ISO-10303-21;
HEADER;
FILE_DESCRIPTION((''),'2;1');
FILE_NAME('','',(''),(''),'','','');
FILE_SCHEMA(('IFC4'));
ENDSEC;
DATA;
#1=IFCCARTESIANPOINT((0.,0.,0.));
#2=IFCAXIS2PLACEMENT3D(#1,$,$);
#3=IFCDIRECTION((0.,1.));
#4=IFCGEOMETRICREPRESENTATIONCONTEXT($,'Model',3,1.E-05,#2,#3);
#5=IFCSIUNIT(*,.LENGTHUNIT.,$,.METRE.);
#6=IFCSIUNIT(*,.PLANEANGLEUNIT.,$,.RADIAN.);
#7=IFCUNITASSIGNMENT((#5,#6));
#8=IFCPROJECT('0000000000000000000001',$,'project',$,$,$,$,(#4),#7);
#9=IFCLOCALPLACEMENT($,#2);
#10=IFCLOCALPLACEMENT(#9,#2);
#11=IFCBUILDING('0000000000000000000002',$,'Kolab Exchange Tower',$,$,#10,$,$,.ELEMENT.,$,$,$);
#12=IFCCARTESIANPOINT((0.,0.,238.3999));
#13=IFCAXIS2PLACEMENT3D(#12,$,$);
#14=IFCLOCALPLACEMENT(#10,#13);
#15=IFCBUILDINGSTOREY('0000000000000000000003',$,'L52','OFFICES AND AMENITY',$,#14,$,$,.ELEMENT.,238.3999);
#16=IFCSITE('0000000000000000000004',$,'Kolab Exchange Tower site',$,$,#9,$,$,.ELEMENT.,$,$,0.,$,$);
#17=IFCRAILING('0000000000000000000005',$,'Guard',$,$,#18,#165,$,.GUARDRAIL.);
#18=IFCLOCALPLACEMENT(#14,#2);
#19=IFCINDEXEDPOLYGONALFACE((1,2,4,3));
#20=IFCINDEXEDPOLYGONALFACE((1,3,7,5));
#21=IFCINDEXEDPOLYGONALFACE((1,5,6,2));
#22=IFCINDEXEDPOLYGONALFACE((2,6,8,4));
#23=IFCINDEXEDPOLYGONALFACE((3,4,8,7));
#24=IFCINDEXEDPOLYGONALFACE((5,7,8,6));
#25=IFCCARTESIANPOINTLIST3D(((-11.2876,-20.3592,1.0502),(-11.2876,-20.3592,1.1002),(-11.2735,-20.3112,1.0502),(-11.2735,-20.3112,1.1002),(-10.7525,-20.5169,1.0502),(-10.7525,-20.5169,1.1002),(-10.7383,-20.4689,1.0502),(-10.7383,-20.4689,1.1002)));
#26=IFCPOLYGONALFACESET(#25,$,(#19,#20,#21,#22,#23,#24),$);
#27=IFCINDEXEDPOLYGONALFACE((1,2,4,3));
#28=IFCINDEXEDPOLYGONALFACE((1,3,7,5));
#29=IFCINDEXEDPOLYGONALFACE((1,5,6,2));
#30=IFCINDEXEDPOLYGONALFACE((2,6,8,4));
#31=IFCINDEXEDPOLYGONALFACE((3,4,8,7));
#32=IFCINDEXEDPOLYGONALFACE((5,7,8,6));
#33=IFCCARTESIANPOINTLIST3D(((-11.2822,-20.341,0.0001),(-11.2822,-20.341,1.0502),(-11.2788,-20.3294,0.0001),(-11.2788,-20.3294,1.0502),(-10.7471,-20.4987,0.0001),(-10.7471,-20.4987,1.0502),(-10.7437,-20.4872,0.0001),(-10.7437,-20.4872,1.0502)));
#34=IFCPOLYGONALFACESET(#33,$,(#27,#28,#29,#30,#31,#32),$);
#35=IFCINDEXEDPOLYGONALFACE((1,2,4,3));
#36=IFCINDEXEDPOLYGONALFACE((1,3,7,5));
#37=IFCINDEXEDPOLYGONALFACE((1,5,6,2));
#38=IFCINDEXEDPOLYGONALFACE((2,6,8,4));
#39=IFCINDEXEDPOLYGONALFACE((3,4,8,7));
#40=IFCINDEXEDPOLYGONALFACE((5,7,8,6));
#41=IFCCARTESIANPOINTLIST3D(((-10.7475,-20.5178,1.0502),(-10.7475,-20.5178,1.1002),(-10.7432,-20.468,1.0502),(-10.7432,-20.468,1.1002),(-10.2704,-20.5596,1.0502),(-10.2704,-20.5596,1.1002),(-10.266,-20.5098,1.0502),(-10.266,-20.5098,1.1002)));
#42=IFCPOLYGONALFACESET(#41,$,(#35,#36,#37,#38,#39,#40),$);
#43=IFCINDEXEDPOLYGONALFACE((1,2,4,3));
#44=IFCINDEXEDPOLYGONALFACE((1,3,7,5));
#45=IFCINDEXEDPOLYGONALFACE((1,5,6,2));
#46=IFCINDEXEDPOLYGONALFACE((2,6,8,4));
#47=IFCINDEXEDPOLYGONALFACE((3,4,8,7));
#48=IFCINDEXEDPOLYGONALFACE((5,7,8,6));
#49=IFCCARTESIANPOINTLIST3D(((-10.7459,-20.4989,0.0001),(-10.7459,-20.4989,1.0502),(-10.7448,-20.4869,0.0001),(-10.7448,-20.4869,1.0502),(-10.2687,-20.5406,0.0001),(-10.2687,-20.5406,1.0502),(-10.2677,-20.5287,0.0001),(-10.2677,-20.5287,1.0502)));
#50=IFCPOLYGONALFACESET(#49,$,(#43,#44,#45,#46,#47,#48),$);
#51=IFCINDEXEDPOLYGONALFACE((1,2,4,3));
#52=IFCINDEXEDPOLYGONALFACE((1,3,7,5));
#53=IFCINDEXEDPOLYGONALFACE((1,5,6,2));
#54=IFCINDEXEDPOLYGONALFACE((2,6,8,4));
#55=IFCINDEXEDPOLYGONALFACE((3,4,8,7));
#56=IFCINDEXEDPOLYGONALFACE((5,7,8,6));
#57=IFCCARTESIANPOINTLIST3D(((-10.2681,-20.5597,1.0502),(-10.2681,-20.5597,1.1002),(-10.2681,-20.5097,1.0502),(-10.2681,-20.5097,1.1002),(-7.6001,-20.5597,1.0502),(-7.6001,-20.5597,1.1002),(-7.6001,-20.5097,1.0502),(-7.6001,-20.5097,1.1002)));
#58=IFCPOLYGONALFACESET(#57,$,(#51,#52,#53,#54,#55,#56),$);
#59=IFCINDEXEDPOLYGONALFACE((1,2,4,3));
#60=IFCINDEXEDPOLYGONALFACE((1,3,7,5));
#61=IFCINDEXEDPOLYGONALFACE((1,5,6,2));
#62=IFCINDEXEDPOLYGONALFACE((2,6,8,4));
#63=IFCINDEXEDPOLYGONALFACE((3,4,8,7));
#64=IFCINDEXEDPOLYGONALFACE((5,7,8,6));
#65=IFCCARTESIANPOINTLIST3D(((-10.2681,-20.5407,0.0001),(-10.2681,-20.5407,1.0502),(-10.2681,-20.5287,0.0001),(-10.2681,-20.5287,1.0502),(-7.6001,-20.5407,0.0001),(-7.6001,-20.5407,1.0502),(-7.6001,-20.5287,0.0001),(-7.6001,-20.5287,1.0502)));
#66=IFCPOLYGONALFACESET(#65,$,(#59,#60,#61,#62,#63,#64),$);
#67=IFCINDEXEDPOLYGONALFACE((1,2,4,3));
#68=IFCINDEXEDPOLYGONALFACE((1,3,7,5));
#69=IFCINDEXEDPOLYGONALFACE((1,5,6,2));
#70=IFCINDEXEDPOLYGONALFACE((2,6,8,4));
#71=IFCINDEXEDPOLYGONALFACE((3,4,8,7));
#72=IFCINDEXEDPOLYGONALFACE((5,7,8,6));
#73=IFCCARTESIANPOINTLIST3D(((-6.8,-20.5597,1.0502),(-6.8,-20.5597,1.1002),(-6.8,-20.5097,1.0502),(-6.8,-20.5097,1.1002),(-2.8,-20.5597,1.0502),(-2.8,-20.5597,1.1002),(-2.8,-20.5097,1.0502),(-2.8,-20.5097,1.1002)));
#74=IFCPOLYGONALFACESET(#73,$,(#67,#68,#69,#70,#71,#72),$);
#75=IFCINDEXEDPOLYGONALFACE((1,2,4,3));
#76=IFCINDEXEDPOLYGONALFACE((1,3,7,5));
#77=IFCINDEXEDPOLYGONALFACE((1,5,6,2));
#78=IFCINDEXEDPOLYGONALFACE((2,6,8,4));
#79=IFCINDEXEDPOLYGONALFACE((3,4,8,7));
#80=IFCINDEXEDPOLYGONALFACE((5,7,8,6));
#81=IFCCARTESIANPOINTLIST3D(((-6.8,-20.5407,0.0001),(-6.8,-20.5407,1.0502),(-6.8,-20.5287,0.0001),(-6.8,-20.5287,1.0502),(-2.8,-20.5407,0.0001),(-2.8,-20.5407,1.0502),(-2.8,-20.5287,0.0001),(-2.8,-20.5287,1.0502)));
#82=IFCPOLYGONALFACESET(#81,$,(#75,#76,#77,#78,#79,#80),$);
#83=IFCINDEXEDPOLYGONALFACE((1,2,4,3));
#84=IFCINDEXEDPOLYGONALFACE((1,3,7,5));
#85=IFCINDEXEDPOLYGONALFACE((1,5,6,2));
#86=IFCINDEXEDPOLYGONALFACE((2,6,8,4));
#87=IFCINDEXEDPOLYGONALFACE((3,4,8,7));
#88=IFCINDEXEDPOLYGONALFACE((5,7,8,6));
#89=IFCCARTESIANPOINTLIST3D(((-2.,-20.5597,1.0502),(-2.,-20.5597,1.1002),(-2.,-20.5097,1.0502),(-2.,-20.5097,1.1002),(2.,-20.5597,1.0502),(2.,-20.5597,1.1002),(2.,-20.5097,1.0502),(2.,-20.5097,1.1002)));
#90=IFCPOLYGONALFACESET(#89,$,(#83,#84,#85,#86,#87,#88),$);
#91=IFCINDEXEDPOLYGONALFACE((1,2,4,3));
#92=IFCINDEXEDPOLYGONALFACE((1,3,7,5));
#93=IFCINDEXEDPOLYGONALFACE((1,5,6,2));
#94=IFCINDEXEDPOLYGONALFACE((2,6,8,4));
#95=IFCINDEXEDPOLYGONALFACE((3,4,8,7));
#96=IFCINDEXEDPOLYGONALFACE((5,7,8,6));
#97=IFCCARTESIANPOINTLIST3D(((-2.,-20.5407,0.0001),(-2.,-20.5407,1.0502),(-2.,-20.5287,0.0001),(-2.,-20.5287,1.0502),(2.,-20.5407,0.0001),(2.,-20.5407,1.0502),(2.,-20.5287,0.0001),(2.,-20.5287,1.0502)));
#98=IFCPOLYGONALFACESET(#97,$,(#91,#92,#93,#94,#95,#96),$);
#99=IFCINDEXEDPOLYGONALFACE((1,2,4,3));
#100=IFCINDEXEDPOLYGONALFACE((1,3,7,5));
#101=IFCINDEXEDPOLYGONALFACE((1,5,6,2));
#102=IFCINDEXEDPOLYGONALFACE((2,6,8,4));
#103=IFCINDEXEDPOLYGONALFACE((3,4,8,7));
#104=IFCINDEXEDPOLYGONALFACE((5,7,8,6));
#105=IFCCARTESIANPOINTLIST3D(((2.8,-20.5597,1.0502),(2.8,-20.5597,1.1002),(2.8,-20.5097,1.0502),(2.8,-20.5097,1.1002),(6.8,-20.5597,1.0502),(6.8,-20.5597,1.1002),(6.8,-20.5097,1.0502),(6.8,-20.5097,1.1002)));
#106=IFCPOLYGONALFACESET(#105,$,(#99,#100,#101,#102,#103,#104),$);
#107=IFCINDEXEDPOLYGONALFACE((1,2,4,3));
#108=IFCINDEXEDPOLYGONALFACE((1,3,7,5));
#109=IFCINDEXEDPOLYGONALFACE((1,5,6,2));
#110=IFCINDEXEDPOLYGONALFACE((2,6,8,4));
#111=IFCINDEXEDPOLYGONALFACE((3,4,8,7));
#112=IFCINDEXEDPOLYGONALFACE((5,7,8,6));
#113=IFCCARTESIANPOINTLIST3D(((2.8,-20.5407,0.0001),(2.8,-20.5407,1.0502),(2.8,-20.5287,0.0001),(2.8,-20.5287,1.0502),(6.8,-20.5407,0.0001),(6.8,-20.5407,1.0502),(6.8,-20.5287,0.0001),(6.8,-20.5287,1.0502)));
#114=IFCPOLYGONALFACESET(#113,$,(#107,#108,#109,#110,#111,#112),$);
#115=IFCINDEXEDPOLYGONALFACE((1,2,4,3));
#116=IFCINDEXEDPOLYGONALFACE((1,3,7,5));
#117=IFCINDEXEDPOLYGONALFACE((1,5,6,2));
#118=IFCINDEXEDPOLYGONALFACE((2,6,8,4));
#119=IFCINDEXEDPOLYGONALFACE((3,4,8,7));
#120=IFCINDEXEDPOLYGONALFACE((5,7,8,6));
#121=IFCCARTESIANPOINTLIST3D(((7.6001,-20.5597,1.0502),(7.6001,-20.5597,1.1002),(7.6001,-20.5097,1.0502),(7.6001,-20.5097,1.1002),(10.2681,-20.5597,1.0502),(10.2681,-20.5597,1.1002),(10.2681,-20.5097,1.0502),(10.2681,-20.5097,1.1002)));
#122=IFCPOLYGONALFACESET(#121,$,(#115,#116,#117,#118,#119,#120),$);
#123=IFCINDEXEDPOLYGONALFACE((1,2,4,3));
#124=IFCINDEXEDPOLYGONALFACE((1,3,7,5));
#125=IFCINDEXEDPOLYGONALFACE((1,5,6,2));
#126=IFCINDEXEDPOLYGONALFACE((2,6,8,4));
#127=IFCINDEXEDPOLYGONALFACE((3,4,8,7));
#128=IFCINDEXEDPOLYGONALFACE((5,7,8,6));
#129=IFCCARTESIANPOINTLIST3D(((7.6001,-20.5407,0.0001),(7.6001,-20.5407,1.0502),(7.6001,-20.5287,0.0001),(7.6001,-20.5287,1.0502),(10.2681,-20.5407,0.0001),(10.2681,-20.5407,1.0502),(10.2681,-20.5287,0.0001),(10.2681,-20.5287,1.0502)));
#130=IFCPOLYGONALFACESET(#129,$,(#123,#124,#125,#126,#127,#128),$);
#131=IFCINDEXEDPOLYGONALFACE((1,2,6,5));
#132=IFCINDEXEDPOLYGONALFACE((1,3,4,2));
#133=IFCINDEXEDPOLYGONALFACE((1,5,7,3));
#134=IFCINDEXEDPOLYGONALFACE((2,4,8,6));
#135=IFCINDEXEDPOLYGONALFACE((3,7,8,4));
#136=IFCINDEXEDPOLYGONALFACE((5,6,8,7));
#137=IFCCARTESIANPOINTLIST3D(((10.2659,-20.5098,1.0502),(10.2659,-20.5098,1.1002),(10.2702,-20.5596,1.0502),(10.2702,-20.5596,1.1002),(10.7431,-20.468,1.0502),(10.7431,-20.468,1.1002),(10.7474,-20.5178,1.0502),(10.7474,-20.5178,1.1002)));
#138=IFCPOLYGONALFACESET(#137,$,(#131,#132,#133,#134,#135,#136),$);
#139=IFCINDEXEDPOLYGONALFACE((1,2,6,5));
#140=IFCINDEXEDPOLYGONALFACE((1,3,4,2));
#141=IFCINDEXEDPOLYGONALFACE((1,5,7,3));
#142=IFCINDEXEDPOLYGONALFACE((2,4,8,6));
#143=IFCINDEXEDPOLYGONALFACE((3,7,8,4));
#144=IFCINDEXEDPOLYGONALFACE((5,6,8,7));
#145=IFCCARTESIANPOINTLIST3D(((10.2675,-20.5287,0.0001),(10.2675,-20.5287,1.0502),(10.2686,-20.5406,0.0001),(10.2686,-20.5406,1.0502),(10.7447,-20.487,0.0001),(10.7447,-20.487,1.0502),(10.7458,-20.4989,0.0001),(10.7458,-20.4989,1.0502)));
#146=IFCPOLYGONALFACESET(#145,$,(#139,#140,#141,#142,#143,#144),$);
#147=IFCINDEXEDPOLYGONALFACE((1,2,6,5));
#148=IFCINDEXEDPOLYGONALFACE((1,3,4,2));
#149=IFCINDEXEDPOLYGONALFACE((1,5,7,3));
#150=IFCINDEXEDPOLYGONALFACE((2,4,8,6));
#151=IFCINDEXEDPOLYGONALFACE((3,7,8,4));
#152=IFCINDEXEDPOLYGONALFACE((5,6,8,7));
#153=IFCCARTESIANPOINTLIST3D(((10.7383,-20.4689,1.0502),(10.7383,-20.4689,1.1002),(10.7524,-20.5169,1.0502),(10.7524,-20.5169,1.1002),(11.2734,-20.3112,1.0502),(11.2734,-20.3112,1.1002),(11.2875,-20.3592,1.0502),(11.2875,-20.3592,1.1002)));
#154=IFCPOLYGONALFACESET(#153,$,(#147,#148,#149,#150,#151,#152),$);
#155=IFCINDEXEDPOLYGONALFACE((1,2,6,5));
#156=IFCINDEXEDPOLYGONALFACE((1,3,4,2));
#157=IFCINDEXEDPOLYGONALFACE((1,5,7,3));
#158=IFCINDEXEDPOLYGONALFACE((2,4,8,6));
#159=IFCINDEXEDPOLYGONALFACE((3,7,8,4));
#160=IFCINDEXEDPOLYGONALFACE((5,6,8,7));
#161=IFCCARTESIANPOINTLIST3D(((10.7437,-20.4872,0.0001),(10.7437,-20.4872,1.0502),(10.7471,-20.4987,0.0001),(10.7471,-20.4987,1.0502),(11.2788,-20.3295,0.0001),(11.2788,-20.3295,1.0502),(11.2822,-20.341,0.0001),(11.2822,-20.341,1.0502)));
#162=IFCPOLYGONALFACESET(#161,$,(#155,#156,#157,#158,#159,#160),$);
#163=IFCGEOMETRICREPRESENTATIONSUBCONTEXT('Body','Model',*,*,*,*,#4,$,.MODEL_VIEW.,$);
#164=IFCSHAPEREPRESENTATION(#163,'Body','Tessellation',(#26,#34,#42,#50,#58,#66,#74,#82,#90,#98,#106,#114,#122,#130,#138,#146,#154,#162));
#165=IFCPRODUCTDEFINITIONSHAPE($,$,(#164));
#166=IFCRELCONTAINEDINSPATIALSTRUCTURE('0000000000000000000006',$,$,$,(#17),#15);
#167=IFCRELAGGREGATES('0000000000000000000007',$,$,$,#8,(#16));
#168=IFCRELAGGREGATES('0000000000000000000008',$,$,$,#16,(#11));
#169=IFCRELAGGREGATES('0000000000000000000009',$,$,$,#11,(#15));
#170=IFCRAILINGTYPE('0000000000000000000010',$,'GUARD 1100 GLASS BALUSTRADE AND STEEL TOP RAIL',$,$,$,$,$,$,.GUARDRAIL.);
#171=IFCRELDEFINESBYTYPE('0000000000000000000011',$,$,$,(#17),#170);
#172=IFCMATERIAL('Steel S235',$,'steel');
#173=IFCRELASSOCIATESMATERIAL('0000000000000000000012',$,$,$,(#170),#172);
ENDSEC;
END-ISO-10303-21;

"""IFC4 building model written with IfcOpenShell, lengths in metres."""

from ifc_helpers import new_model, si_unit, direction, frame, frame_2d, origin, origin_2d, place, context, subcontext, project, spatial, rectangle, extrude, material, type_object, element, save


model = new_model("IFC4")

# Units and contexts
model_context = context("Model", 3, precision=1e-05, world=origin(), true_north=direction((0.0, 1.0)))
body_context = subcontext(model_context, "Body", "Model", "MODEL_VIEW")
ifc_project = project(units=[si_unit("LENGTHUNIT", "METRE"), si_unit("PLANEANGLEUNIT", "RADIAN")], contexts=[model_context])

# Site, building, storey
site_placement = place(None, origin())
site = spatial("IfcSite", under=ifc_project, at=site_placement, Name="Kolab Exchange Tower site", CompositionType="ELEMENT", RefElevation=0.0)
building_placement = place(site_placement, origin())
building = spatial("IfcBuilding", under=site, at=building_placement, Name="Kolab Exchange Tower", CompositionType="ELEMENT")
storey_placement = place(building_placement, frame((0.0, 0.0, 238.3999)))
storey = spatial("IfcBuildingStorey", under=building, at=storey_placement, Name="L52", Description="OFFICES AND AMENITY", CompositionType="ELEMENT", Elevation=238.3999)

# Railing
ifc_material_1 = material(Name="Steel S235", Category="steel")
railing_type = type_object("IfcRailingType", Name="GUARD 1100 GLASS BALUSTRADE AND STEEL TOP RAIL", PredefinedType="GUARDRAIL", material=ifc_material_1)
railing_placement = place(storey_placement, frame((-11.2805, -20.3352, 0.0)))
element("IfcRailing", 1, at=railing_placement, inside=storey, type_object=railing_type, Name="Guard", PredefinedType="GUARDRAIL", context=body_context, shape_type="SweptSolid", body=[
    extrude(rectangle(XDim=0.05, YDim=0.05, at=origin_2d()), frame((0.0, 0.0, 1.0752), z_axis=(0.959212, -0.282687, 0.0), x_axis=(0.282687, 0.959212, 0.0)), (0.0, 0.0, 1.0), 0.5579),
    extrude(rectangle(XDim=0.012, YDim=1.0501, at=frame_2d((0.0, 0.5251))), frame((0.0, 0.0, 0.0), z_axis=(0.959212, -0.282687, 0.0), x_axis=(0.282687, 0.959212, 0.0)), (0.0, 0.0, 1.0), 0.5579),
    extrude(rectangle(XDim=0.05, YDim=0.05, at=origin_2d()), frame((0.5352, -0.1577, 1.0752), z_axis=(0.996196, -0.087135, 0.0), x_axis=(0.087135, 0.996196, 0.0)), (0.0, 0.0, 1.0), 0.479),
    extrude(rectangle(XDim=0.012, YDim=1.0501, at=frame_2d((0.0, 0.5251))), frame((0.5352, -0.1577, 0.0), z_axis=(0.996196, -0.087135, 0.0), x_axis=(0.087135, 0.996196, 0.0)), (0.0, 0.0, 1.0), 0.479),
    extrude(rectangle(XDim=0.05, YDim=0.05, at=origin_2d()), frame((1.0125, -0.1995, 1.0752), z_axis=(1.0, 0.0, 0.0), x_axis=(0.0, 1.0, 0.0)), (0.0, 0.0, 1.0), 2.668),
    extrude(rectangle(XDim=0.012, YDim=1.0501, at=frame_2d((0.0, 0.5251))), frame((1.0125, -0.1995, 0.0), z_axis=(1.0, 0.0, 0.0), x_axis=(0.0, 1.0, 0.0)), (0.0, 0.0, 1.0), 2.668),
    extrude(rectangle(XDim=0.05, YDim=0.05, at=origin_2d()), frame((4.4805, -0.1995, 1.0752), z_axis=(1.0, 0.0, 0.0), x_axis=(0.0, 1.0, 0.0)), (0.0, 0.0, 1.0), 4.0),
    extrude(rectangle(XDim=0.012, YDim=1.0501, at=frame_2d((0.0, 0.5251))), frame((4.4805, -0.1995, 0.0), z_axis=(1.0, 0.0, 0.0), x_axis=(0.0, 1.0, 0.0)), (0.0, 0.0, 1.0), 4.0),
    extrude(rectangle(XDim=0.05, YDim=0.05, at=origin_2d()), frame((9.2805, -0.1995, 1.0752), z_axis=(1.0, 0.0, 0.0), x_axis=(0.0, 1.0, 0.0)), (0.0, 0.0, 1.0), 4.0),
    extrude(rectangle(XDim=0.012, YDim=1.0501, at=frame_2d((0.0, 0.5251))), frame((9.2805, -0.1995, 0.0), z_axis=(1.0, 0.0, 0.0), x_axis=(0.0, 1.0, 0.0)), (0.0, 0.0, 1.0), 4.0),
    extrude(rectangle(XDim=0.05, YDim=0.05, at=origin_2d()), frame((14.0806, -0.1995, 1.0752), z_axis=(1.0, 0.0, 0.0), x_axis=(0.0, 1.0, 0.0)), (0.0, 0.0, 1.0), 4.0),
    extrude(rectangle(XDim=0.012, YDim=1.0501, at=frame_2d((0.0, 0.5251))), frame((14.0806, -0.1995, 0.0), z_axis=(1.0, 0.0, 0.0), x_axis=(0.0, 1.0, 0.0)), (0.0, 0.0, 1.0), 4.0),
    extrude(rectangle(XDim=0.05, YDim=0.05, at=origin_2d()), frame((18.8806, -0.1995, 1.0752), z_axis=(1.0, 0.0, 0.0), x_axis=(0.0, 1.0, 0.0)), (0.0, 0.0, 1.0), 2.668),
    extrude(rectangle(XDim=0.012, YDim=1.0501, at=frame_2d((0.0, 0.5251))), frame((18.8806, -0.1995, 0.0), z_axis=(1.0, 0.0, 0.0), x_axis=(0.0, 1.0, 0.0)), (0.0, 0.0, 1.0), 2.668),
    extrude(rectangle(XDim=0.05, YDim=0.05, at=origin_2d()), frame((21.5486, -0.1995, 1.0752), z_axis=(0.996196, 0.087135, 0.0), x_axis=(-0.087135, 0.996196, 0.0)), (0.0, 0.0, 1.0), 0.479),
    extrude(rectangle(XDim=0.012, YDim=1.0501, at=frame_2d((0.0, 0.5251))), frame((21.5486, -0.1995, 0.0), z_axis=(0.996196, 0.087135, 0.0), x_axis=(-0.087135, 0.996196, 0.0)), (0.0, 0.0, 1.0), 0.479),
    extrude(rectangle(XDim=0.05, YDim=0.05, at=origin_2d()), frame((22.0259, -0.1577, 1.0752), z_axis=(0.959212, 0.282687, 0.0), x_axis=(-0.282687, 0.959212, 0.0)), (0.0, 0.0, 1.0), 0.5579),
    extrude(rectangle(XDim=0.012, YDim=1.0501, at=frame_2d((0.0, 0.5251))), frame((22.0259, -0.1577, 0.0), z_axis=(0.959212, 0.282687, 0.0), x_axis=(-0.282687, 0.959212, 0.0)), (0.0, 0.0, 1.0), 0.5579),
])

save(model, "model.ifc")
